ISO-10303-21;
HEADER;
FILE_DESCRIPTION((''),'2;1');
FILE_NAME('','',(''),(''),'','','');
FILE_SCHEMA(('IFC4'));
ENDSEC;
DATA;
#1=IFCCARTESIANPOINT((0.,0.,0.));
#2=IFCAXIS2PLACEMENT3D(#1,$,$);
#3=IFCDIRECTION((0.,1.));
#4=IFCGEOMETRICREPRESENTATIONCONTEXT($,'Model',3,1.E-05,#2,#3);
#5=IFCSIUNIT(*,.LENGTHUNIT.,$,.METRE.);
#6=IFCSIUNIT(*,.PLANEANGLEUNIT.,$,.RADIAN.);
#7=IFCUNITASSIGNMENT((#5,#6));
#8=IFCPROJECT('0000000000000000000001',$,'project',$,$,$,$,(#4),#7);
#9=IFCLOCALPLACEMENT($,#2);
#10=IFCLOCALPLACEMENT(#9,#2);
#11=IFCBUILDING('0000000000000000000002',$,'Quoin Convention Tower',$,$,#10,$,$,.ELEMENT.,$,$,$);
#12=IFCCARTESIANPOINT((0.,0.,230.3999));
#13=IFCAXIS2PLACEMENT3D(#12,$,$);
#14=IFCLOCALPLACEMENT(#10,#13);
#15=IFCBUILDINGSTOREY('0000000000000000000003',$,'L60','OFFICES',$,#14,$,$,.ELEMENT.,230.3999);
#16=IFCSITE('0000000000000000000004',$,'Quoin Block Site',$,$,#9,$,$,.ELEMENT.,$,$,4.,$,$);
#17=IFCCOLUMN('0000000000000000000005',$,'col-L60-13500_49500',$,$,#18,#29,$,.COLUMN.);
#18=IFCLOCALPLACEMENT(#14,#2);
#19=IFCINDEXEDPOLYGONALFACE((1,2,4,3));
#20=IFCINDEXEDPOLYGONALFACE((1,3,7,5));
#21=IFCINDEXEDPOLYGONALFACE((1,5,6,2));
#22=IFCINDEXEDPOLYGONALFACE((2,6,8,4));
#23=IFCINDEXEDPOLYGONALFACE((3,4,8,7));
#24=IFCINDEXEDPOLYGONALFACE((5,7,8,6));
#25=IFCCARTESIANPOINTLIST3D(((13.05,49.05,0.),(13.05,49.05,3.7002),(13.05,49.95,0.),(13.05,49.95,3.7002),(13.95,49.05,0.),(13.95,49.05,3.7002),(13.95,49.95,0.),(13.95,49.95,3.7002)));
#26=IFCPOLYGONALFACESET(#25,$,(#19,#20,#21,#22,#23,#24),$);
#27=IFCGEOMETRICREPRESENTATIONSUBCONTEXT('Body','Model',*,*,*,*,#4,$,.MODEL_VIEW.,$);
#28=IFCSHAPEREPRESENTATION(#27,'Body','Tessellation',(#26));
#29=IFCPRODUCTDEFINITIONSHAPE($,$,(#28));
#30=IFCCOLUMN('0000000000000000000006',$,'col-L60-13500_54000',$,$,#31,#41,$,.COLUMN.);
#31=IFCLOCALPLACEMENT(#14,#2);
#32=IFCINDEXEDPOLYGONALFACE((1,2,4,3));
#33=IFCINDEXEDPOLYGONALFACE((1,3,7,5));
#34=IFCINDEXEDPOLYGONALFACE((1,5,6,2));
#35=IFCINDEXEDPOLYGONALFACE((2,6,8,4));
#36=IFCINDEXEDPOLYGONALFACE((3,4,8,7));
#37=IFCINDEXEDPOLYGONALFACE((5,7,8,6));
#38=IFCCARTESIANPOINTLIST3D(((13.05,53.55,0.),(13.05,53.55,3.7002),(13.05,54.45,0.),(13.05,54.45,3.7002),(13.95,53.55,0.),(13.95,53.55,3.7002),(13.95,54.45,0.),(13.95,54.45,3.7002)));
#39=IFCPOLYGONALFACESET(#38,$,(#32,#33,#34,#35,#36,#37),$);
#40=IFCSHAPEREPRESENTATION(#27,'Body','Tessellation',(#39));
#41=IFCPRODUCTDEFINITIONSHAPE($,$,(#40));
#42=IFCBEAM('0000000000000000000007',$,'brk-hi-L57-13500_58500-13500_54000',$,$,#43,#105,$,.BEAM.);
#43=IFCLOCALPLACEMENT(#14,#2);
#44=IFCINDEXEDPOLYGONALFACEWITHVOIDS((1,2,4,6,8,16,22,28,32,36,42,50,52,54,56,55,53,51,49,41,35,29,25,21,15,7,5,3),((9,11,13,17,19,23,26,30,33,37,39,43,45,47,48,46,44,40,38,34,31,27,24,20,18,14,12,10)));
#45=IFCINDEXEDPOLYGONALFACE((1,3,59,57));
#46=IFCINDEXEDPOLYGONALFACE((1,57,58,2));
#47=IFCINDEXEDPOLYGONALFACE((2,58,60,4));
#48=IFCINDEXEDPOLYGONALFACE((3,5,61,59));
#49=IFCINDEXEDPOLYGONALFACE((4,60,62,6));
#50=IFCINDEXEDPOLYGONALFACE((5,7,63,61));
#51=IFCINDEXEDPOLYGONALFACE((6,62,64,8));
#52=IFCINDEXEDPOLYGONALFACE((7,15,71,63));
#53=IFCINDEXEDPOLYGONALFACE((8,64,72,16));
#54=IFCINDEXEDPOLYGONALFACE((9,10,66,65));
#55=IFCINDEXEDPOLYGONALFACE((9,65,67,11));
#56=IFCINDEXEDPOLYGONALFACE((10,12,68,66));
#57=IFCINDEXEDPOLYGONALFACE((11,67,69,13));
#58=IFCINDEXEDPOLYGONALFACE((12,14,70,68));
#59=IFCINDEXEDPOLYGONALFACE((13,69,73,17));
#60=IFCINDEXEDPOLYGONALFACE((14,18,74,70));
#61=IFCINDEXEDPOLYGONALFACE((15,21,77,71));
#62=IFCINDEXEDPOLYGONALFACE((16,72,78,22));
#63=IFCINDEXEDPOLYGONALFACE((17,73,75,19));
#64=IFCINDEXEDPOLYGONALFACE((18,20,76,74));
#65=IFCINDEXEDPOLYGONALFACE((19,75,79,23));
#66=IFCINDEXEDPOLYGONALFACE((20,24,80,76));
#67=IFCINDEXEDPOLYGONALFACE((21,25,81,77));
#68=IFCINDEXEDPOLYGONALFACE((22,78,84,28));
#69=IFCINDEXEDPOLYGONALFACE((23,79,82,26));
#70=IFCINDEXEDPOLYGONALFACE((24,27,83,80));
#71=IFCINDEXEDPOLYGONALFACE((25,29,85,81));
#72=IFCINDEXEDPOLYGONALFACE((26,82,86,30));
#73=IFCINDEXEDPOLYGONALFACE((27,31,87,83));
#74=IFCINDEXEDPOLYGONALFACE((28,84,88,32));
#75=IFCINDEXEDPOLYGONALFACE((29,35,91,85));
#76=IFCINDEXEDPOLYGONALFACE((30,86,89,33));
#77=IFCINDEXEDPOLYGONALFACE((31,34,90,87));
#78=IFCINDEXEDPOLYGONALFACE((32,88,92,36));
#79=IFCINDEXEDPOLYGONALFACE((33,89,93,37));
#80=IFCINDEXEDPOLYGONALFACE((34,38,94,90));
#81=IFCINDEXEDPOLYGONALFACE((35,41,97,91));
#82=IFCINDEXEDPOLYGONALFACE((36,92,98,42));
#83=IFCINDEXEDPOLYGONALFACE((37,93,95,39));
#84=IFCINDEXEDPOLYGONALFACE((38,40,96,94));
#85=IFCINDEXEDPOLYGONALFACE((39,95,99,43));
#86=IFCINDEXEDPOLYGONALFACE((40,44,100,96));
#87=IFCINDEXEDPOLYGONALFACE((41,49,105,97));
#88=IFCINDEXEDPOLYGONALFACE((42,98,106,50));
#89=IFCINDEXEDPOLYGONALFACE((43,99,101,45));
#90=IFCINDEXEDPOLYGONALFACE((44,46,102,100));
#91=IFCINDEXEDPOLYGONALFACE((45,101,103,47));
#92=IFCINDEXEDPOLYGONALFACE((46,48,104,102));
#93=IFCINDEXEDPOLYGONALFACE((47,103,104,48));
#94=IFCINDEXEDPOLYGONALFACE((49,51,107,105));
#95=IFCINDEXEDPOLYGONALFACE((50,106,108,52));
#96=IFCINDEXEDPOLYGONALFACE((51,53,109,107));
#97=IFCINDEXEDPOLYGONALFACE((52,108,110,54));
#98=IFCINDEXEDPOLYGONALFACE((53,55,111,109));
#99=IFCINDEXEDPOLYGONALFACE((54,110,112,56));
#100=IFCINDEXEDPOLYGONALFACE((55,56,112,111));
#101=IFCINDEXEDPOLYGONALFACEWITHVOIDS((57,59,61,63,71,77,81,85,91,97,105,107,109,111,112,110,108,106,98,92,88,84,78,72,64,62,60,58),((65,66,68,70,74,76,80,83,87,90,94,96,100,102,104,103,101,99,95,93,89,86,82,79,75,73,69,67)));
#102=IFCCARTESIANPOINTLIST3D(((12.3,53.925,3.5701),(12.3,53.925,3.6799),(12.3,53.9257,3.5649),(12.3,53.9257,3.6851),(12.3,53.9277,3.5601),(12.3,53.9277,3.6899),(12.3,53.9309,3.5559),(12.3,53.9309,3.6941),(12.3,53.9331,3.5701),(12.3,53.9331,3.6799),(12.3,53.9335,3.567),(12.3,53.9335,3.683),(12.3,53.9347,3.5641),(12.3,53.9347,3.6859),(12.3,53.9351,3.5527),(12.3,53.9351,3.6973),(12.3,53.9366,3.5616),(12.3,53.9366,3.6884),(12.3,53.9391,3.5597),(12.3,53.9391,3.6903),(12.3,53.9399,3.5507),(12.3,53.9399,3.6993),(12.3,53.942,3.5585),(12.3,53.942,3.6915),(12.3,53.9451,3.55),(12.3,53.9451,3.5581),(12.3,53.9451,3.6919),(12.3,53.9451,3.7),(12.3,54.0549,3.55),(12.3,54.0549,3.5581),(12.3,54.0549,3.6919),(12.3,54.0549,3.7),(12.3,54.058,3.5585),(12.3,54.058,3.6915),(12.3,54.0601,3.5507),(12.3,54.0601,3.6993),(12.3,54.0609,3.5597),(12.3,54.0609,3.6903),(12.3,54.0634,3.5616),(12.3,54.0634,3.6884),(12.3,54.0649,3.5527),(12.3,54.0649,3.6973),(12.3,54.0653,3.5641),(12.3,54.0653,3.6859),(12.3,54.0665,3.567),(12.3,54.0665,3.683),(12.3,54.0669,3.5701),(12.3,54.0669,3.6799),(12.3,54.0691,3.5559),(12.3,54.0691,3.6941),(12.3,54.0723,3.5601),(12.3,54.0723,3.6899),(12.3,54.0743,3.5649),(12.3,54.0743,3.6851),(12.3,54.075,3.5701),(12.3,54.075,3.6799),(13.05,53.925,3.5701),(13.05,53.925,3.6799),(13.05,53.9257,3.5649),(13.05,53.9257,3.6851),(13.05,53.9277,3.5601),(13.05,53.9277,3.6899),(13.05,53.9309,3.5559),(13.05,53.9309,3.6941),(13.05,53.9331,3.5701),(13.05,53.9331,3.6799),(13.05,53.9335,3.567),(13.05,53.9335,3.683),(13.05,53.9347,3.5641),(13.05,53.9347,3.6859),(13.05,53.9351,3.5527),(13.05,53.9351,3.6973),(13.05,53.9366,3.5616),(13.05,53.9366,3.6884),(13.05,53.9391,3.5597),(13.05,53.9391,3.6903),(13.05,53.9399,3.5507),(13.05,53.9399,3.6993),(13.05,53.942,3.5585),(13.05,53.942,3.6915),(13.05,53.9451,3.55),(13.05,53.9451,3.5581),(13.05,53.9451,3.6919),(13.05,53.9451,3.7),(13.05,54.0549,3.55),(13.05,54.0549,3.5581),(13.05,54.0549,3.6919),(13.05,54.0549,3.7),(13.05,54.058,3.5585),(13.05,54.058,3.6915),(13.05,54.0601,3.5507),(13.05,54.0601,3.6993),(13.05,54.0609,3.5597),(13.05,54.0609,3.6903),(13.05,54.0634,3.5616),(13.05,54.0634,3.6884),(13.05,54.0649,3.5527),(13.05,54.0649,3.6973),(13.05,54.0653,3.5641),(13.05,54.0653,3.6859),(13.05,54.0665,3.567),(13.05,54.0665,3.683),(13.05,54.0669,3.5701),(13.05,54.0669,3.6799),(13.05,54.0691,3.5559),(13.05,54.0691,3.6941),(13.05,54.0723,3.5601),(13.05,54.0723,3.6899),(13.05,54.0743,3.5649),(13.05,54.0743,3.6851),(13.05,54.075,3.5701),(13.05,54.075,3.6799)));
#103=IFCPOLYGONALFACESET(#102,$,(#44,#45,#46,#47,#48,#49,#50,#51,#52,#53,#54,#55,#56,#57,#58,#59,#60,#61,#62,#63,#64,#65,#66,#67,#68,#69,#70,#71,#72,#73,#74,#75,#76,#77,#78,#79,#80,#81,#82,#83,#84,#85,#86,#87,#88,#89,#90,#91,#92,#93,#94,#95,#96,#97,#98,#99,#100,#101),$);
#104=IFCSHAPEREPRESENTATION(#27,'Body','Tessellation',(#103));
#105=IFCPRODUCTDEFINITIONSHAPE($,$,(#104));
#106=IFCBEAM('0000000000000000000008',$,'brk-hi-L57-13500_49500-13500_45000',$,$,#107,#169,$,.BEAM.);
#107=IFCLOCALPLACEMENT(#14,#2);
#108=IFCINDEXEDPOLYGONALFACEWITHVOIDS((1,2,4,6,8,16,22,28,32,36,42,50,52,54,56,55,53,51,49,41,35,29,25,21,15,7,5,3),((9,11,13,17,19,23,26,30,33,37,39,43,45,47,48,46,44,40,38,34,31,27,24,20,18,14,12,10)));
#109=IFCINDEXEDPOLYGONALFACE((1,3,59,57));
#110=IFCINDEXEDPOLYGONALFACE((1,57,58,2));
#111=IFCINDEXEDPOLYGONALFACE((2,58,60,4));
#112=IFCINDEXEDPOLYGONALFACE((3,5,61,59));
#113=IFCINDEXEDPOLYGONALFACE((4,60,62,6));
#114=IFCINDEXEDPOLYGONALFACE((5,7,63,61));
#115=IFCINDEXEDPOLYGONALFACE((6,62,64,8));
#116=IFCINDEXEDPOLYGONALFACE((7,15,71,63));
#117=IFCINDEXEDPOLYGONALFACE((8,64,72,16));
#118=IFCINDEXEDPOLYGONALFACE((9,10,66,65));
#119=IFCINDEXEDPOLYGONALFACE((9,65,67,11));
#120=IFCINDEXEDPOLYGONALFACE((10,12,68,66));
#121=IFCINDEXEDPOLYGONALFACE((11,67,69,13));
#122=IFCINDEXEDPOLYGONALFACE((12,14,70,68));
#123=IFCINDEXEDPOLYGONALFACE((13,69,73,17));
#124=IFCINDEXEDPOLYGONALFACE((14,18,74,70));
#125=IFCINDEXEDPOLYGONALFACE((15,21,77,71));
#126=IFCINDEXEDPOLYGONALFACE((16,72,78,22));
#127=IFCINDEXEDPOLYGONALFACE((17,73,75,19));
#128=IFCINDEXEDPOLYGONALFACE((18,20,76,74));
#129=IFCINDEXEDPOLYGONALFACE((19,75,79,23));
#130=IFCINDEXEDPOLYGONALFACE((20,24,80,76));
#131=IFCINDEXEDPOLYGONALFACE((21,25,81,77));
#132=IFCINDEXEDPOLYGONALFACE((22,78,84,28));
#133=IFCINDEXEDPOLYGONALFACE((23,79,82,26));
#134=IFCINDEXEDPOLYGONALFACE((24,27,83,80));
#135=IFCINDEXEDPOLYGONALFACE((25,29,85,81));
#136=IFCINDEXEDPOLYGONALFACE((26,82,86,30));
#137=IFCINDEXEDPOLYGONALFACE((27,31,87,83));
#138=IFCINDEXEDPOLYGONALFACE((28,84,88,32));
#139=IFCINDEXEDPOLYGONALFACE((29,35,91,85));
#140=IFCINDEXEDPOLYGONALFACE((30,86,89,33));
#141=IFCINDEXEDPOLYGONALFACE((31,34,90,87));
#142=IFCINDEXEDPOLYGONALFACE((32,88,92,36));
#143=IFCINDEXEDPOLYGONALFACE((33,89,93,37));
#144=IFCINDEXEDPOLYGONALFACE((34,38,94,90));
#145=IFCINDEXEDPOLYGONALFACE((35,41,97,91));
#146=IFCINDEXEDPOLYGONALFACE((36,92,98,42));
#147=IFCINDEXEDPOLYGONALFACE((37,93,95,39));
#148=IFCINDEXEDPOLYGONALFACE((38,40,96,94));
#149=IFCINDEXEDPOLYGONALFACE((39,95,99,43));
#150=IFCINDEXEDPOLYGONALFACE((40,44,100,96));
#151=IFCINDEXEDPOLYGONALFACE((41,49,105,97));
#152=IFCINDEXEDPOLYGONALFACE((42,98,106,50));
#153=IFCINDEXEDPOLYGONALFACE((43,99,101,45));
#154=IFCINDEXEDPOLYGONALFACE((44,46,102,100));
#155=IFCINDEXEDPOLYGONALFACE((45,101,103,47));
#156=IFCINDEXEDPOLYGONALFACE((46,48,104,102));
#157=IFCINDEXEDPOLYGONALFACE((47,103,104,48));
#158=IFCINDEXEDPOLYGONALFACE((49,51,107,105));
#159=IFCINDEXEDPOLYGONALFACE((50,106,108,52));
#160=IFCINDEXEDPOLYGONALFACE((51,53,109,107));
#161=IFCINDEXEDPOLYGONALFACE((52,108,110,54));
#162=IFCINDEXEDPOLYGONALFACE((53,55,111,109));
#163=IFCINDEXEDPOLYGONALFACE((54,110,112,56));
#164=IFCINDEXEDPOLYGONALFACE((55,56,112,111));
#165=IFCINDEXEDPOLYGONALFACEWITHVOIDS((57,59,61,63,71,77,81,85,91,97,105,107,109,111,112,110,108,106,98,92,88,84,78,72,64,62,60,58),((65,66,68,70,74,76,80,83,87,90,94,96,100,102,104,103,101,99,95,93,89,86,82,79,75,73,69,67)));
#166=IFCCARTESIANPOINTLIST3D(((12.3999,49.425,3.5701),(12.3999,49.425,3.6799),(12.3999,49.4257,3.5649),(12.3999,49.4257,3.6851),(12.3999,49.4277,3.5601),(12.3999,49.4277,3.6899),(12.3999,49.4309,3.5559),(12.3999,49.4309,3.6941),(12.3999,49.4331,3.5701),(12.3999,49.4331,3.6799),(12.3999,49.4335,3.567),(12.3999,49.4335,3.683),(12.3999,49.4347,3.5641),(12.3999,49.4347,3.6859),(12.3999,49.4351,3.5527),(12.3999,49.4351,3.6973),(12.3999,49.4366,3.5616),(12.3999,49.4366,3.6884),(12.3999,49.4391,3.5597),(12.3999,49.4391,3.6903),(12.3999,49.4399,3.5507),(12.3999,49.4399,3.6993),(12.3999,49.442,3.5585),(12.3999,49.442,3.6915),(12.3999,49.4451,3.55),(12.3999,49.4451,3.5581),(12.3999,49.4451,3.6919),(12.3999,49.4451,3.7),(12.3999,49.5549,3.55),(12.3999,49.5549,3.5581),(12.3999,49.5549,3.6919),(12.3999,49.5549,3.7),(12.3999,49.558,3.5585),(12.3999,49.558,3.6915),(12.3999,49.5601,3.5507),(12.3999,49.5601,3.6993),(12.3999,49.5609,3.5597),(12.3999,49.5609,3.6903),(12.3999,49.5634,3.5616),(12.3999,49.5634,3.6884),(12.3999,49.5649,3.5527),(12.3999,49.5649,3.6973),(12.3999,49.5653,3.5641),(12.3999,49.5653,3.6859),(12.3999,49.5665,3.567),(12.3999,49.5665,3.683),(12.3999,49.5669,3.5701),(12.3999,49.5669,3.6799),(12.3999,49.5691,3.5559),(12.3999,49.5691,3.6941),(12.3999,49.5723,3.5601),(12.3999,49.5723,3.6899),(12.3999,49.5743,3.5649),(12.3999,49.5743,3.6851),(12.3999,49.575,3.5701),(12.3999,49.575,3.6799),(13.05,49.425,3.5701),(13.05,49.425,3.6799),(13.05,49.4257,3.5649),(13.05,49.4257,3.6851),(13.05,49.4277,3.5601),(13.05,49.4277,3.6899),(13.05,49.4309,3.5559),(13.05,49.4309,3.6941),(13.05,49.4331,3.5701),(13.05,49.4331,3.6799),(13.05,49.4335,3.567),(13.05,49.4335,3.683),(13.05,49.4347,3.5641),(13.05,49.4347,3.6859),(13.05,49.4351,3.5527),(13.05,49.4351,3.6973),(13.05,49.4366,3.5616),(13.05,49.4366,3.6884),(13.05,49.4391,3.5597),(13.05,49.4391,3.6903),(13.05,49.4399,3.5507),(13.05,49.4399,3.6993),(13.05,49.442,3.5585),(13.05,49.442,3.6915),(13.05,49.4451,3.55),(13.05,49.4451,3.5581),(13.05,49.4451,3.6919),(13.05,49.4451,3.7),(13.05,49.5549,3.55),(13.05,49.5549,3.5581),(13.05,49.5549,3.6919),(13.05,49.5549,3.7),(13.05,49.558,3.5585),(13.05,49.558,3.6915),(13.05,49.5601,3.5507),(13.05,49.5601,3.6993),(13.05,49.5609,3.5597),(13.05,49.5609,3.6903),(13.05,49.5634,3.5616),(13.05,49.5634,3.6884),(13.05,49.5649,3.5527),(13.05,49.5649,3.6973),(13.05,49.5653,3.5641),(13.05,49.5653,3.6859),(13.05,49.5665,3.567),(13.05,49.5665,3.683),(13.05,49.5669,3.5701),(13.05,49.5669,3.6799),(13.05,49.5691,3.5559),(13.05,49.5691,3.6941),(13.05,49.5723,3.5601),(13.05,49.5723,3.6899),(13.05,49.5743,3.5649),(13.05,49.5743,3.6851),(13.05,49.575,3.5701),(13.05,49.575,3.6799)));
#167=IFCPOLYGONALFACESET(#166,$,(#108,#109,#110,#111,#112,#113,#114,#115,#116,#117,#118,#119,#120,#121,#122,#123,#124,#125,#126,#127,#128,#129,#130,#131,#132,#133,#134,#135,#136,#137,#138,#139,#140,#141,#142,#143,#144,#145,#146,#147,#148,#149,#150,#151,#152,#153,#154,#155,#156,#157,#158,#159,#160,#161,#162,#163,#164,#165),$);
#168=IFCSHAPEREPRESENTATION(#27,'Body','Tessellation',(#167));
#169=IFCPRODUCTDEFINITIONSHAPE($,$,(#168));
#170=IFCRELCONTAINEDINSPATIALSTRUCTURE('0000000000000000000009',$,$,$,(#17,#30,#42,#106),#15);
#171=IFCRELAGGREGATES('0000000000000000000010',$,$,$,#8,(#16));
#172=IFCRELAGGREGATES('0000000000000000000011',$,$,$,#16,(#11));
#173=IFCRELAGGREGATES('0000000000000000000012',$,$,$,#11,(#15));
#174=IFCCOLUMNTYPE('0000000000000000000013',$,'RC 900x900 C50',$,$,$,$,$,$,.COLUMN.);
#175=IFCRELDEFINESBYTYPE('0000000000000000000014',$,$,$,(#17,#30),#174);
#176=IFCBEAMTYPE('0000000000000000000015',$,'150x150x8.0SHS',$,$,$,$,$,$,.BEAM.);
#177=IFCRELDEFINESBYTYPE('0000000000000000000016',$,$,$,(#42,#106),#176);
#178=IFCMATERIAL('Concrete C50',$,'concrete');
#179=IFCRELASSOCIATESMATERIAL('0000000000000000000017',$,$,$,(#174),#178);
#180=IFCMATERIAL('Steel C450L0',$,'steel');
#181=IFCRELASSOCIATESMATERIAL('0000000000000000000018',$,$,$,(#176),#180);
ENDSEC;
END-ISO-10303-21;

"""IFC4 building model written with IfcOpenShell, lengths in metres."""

from ifc_helpers import new_model, si_unit, direction, frame, origin, origin_2d, place, context, subcontext, project, spatial, rectangle, hollow_rectangle, extrude, material, material_profile, profile_set, type_object, element, save


model = new_model("IFC4")

# Units and contexts
model_context = context("Model", 3, precision=1e-05, world=origin(), true_north=direction((0.0, 1.0)))
body_context = subcontext(model_context, "Body", "Model", "MODEL_VIEW")
ifc_project = project(units=[si_unit("LENGTHUNIT", "METRE"), si_unit("PLANEANGLEUNIT", "RADIAN")], contexts=[model_context])

# Site, building, storey
site_placement = place(None, origin())
site = spatial("IfcSite", under=ifc_project, at=site_placement, Name="Quoin Block Site", CompositionType="ELEMENT", RefElevation=4.0)
building_placement = place(site_placement, origin())
building = spatial("IfcBuilding", under=site, at=building_placement, Name="Quoin Convention Tower", CompositionType="ELEMENT")
storey_placement = place(building_placement, frame((0.0, 0.0, 230.3999)))
storey = spatial("IfcBuildingStorey", under=building, at=storey_placement, Name="L60", Description="OFFICES", CompositionType="ELEMENT", Elevation=230.3999)

# Columns
ifc_material_1 = material(Name="Concrete C50", Category="concrete")
ifc_material_profile_1 = material_profile(ifc_material_1, rectangle(XDim=0.8999, YDim=0.8999, at=origin_2d()), Name="RC 900x900")
ifc_profile_set_1 = profile_set([ifc_material_profile_1], Name="Concrete C50")
column_type = type_object("IfcColumnType", Name="RC 900x900 C50", PredefinedType="COLUMN", material=ifc_profile_set_1)
for number, where, z_axis, x_axis, name in (
    (1, (13.5, 49.5, 0.0), (0.0, 0.0, 1.0), (1.0, 0.0, 0.0), "col-L60-13500_49500"),
    (2, (13.5, 54.0, 0.0), (0.0, 0.0, 1.0), (1.0, 0.0, 0.0), "col-L60-13500_54000"),
):
    element("IfcColumn", number, at=place(storey_placement, frame(where, z_axis=z_axis, x_axis=x_axis)), inside=storey, type_object=column_type, Name=name, PredefinedType="COLUMN", context=body_context, shape_type="SweptSolid", body=[
        extrude(rectangle(XDim=0.8999, YDim=0.8999, at=origin_2d()), origin(), (0.0, 0.0, 1.0), 3.7002),
    ])

# Beams
ifc_material_2 = material(Name="Steel C450L0", Category="steel")
ifc_material_profile_2 = material_profile(ifc_material_2, hollow_rectangle(XDim=0.1499, YDim=0.1499, WallThickness=0.0081, InnerFilletRadius=0.012, OuterFilletRadius=0.02, at=origin_2d()), Name="150x150x8.0SHS")
ifc_profile_set_2 = profile_set([ifc_material_profile_2], Name="Steel C450L0")
beam_type_1 = type_object("IfcBeamType", Name="150x150x8.0SHS", PredefinedType="BEAM", material=ifc_profile_set_2)
beam_1_placement = place(storey_placement, frame((13.05, 54.0, 3.625), z_axis=(-1.0, 0.0, 0.0), x_axis=(0.0, -1.0, 0.0)))
element("IfcBeam", 3, at=beam_1_placement, inside=storey, type_object=beam_type_1, Name="brk-hi-L57-13500_58500-13500_54000", PredefinedType="BEAM", context=body_context, shape_type="SweptSolid", body=[
    extrude(hollow_rectangle(XDim=0.1499, YDim=0.1499, WallThickness=0.0081, InnerFilletRadius=0.012, OuterFilletRadius=0.02, at=origin_2d()), origin(), (0.0, 0.0, 1.0), 0.75),
])
beam_2_placement = place(storey_placement, frame((13.05, 49.5, 3.625), z_axis=(-1.0, 0.0, 0.0), x_axis=(0.0, -1.0, 0.0)))
element("IfcBeam", 4, at=beam_2_placement, inside=storey, type_object=beam_type_1, Name="brk-hi-L57-13500_49500-13500_45000", PredefinedType="BEAM", context=body_context, shape_type="SweptSolid", body=[
    extrude(hollow_rectangle(XDim=0.1499, YDim=0.1499, WallThickness=0.0081, InnerFilletRadius=0.012, OuterFilletRadius=0.02, at=origin_2d()), origin(), (0.0, 0.0, 1.0), 0.6501),
])

save(model, "model.ifc")
